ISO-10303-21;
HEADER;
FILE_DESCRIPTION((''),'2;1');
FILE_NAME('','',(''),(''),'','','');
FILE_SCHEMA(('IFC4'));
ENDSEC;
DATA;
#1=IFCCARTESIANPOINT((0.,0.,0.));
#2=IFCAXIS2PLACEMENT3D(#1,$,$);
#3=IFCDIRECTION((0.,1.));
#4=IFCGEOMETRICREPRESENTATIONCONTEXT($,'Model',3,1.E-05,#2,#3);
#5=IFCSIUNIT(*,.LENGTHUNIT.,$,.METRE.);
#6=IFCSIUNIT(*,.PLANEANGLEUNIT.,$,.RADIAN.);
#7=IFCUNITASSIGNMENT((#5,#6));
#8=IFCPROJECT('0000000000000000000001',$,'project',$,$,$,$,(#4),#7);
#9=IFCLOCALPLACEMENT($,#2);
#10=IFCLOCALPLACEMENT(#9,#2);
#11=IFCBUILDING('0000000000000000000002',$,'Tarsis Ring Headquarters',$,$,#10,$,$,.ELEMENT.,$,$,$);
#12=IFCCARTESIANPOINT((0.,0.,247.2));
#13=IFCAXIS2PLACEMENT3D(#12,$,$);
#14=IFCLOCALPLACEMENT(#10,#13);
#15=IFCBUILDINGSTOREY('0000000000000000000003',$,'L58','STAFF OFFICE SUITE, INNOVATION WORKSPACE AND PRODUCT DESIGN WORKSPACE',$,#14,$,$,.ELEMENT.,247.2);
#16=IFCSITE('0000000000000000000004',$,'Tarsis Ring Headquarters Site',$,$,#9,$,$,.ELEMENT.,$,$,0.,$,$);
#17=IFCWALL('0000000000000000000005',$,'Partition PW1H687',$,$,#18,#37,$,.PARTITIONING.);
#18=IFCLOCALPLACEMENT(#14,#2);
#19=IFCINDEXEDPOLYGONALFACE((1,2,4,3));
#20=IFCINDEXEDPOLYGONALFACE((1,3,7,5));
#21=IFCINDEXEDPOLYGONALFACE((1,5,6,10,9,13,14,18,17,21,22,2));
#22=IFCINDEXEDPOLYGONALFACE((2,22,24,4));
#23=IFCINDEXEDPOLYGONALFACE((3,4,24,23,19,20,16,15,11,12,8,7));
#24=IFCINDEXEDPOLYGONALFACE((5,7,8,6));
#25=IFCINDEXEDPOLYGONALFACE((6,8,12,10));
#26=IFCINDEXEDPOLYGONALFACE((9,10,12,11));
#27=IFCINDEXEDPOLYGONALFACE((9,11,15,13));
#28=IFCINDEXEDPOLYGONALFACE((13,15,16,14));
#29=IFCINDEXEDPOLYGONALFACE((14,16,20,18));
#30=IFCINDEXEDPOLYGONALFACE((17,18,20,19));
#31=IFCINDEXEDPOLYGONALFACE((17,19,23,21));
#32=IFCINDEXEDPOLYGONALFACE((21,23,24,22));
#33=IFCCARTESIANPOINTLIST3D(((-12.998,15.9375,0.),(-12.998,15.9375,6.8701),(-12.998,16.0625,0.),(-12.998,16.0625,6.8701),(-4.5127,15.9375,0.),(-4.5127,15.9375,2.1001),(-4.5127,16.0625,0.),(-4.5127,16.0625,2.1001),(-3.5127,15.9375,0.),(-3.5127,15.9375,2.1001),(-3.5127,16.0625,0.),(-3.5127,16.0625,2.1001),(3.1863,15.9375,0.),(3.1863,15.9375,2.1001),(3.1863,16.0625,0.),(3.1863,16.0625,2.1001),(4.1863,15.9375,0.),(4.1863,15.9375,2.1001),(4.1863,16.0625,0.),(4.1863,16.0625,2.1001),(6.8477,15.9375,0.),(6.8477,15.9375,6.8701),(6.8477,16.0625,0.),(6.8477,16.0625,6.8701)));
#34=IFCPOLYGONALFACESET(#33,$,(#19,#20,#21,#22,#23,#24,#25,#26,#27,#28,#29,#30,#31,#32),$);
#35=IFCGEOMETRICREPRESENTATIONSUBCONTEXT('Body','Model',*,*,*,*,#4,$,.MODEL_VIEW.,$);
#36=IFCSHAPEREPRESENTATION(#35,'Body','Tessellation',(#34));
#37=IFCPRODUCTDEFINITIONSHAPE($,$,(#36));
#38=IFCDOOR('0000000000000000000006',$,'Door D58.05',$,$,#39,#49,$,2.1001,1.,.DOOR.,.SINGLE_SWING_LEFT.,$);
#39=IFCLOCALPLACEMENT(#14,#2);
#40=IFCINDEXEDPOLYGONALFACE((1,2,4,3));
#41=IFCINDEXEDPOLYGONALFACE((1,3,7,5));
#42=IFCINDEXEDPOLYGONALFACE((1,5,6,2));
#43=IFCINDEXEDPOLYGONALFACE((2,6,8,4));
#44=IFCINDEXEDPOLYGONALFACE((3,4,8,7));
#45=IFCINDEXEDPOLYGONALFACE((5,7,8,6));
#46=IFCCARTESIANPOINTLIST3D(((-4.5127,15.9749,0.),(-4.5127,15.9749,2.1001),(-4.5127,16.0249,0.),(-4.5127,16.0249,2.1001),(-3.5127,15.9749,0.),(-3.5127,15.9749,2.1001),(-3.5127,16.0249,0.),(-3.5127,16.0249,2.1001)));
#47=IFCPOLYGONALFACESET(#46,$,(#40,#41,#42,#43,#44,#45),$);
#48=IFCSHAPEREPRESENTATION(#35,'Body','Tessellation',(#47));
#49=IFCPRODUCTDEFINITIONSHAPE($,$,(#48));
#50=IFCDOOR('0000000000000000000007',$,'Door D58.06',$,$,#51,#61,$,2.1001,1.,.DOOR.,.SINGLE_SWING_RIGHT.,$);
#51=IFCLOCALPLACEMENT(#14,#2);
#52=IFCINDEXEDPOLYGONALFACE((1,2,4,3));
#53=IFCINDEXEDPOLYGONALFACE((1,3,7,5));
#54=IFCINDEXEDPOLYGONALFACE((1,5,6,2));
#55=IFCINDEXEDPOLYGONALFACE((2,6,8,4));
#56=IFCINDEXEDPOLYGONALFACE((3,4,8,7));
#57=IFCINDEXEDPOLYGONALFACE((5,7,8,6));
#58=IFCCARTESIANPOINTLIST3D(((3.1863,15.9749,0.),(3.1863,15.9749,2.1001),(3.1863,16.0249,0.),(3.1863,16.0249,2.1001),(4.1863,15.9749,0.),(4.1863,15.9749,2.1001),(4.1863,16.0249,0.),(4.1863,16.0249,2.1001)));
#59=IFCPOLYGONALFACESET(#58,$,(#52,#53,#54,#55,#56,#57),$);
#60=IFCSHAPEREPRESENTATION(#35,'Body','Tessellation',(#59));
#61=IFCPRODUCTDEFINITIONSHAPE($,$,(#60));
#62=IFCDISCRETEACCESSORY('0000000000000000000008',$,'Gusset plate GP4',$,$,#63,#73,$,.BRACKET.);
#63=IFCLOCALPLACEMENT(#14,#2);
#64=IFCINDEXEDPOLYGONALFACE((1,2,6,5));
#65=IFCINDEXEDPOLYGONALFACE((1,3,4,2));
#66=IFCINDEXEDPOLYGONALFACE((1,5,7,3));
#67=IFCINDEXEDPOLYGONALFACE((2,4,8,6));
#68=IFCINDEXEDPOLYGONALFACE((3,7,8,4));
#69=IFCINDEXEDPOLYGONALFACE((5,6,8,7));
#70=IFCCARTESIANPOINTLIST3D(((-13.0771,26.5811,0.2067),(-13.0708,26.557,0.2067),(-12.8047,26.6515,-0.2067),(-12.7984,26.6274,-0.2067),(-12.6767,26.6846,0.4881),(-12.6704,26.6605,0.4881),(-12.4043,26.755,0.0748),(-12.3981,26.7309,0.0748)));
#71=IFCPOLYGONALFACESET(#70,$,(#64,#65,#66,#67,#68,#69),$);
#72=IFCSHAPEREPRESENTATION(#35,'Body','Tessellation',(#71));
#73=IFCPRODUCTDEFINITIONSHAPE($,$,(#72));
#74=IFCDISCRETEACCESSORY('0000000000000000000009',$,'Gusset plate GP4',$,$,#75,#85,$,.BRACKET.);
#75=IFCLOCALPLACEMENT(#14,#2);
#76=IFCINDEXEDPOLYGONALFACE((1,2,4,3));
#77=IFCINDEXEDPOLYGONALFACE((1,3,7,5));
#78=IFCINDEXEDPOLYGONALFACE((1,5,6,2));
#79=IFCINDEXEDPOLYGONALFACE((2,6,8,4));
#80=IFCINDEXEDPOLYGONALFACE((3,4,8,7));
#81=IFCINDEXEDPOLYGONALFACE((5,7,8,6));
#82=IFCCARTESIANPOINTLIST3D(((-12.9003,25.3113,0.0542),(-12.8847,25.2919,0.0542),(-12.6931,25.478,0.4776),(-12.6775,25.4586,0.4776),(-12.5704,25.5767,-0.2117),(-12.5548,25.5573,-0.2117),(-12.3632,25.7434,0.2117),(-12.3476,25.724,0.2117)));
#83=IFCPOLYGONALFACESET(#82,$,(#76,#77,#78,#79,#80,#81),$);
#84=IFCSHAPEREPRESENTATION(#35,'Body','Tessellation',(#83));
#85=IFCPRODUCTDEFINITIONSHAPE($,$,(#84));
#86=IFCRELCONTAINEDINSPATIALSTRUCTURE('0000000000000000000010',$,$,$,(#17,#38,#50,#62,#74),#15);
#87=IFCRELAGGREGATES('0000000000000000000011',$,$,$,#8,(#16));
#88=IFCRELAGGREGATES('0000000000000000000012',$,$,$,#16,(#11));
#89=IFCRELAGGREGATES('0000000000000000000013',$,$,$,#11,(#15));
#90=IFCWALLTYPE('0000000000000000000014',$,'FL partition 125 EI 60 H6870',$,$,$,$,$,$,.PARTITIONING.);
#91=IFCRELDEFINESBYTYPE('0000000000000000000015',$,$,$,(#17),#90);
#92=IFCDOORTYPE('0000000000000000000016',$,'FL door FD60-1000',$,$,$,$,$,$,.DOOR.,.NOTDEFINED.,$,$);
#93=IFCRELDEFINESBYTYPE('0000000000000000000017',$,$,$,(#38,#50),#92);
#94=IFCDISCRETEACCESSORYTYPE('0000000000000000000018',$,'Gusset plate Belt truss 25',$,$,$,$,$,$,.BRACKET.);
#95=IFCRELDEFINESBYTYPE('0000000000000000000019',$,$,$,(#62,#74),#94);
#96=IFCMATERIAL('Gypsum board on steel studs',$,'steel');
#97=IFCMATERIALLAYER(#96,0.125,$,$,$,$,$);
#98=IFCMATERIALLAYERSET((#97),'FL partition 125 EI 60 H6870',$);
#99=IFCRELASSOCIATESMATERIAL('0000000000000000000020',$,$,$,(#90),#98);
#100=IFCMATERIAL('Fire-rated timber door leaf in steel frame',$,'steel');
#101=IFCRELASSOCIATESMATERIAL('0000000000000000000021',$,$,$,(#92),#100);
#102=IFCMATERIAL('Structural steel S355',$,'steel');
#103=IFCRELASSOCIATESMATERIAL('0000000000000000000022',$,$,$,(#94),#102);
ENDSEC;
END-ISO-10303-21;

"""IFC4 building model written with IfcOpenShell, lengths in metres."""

from ifc_helpers import new_model, si_unit, direction, frame, frame_2d, origin, origin_2d, place, context, subcontext, project, spatial, rectangle, extrude, material, layer, layer_set, material_profile, profile_set, type_object, element, fill, save


model = new_model("IFC4")

# Units and contexts
model_context = context("Model", 3, precision=1e-05, world=origin(), true_north=direction((0.0, 1.0)))
body_context = subcontext(model_context, "Body", "Model", "MODEL_VIEW")
ifc_project = project(units=[si_unit("LENGTHUNIT", "METRE"), si_unit("PLANEANGLEUNIT", "RADIAN")], contexts=[model_context])

# Site, building, storey
site_placement = place(None, origin())
site = spatial("IfcSite", under=ifc_project, at=site_placement, Name="Tarsis Ring Headquarters Site", CompositionType="ELEMENT", RefElevation=0.0)
building_placement = place(site_placement, origin())
building = spatial("IfcBuilding", under=site, at=building_placement, Name="Tarsis Ring Headquarters", CompositionType="ELEMENT")
storey_placement = place(building_placement, frame((0.0, 0.0, 247.2)))
storey = spatial("IfcBuildingStorey", under=building, at=storey_placement, Name="L58", Description="STAFF OFFICE SUITE, INNOVATION WORKSPACE AND PRODUCT DESIGN WORKSPACE", CompositionType="ELEMENT", Elevation=247.2)

# Shared definitions
ifc_material_1 = material(Name="Structural steel S355", Category="steel")

# Wall, openings, doors
ifc_material_2 = material(Name="Gypsum board on steel studs", Category="steel")
ifc_layer_1 = layer(ifc_material_2, 0.125)
ifc_layer_set_1 = layer_set([ifc_layer_1], Name="FL partition 125 EI 60 H6870")
wall_type = type_object("IfcWallType", Name="FL partition 125 EI 60 H6870", PredefinedType="PARTITIONING", material=ifc_layer_set_1)
wall_placement = place(storey_placement, frame((-12.998, 16.0, 0.0), z_axis=(0.0, 0.0, 1.0), x_axis=(1.0, 0.0, 0.0)))
wall = element("IfcWall", 1, at=wall_placement, inside=storey, type_object=wall_type, Name="Partition PW1H687", PredefinedType="PARTITIONING", context=body_context, shape_type="SweptSolid", body=[
    extrude(rectangle(XDim=19.8457, YDim=0.125, at=frame_2d((9.9229, 0.0))), origin(), (0.0, 0.0, 1.0), 6.8701),
])
opening_1_placement = place(wall_placement, frame((8.4854, 0.0, 0.0)))
opening_1 = element("IfcOpeningElement", 2, at=opening_1_placement, cuts=wall, PredefinedType="OPENING", context=body_context, shape_type="SweptSolid", body=[
    extrude(rectangle(XDim=1.0, YDim=2.1001, at=frame_2d((0.5, 1.05))), frame((0.0, 0.0725, 0.0), z_axis=(0.0, -1.0, 0.0), x_axis=(1.0, 0.0, 0.0)), (0.0, 0.0, 1.0), 0.145),
])
opening_2_placement = place(wall_placement, frame((16.1843, 0.0, 0.0)))
opening_2 = element("IfcOpeningElement", 3, at=opening_2_placement, cuts=wall, PredefinedType="OPENING", context=body_context, shape_type="SweptSolid", body=[
    extrude(rectangle(XDim=1.0, YDim=2.1001, at=frame_2d((0.5, 1.05))), frame((0.0, 0.0725, 0.0), z_axis=(0.0, -1.0, 0.0), x_axis=(1.0, 0.0, 0.0)), (0.0, 0.0, 1.0), 0.145),
])
ifc_material_3 = material(Name="Fire-rated timber door leaf in steel frame", Category="steel")
door_type = type_object("IfcDoorType", Name="FL door FD60-1000", OperationType="NOTDEFINED", PredefinedType="DOOR", material=ifc_material_3)
door_1_placement = place(opening_1_placement, origin())
door_1 = element("IfcDoor", 4, at=door_1_placement, inside=storey, type_object=door_type, Name="Door D58.05", OperationType="SINGLE_SWING_LEFT", OverallHeight=2.1001, OverallWidth=1.0, PredefinedType="DOOR", context=body_context, shape_type="SweptSolid", body=[
    extrude(rectangle(XDim=1.0, YDim=2.1001, at=frame_2d((0.5, 1.05))), frame((0.0, 0.0249, 0.0), z_axis=(0.0, -1.0, 0.0), x_axis=(1.0, 0.0, 0.0)), (0.0, 0.0, 1.0), 0.05),
])
fill(opening_1, door_1)
door_2_placement = place(opening_2_placement, origin())
door_2 = element("IfcDoor", 5, at=door_2_placement, inside=storey, type_object=door_type, Name="Door D58.06", OperationType="SINGLE_SWING_RIGHT", OverallHeight=2.1001, OverallWidth=1.0, PredefinedType="DOOR", context=body_context, shape_type="SweptSolid", body=[
    extrude(rectangle(XDim=1.0, YDim=2.1001, at=frame_2d((0.5, 1.05))), frame((0.0, 0.0249, 0.0), z_axis=(0.0, -1.0, 0.0), x_axis=(1.0, 0.0, 0.0)), (0.0, 0.0, 1.0), 0.05),
])
fill(opening_2, door_2)

# Discrete accessories
ifc_material_profile_1 = material_profile(ifc_material_1, rectangle(XDim=0.0249, YDim=0.5, at=origin_2d()), Name="PL 25x500")
ifc_profile_set_1 = profile_set([ifc_material_profile_1], Name="Structural steel S355")
discrete_accessory_type = type_object("IfcDiscreteAccessoryType", Name="Gusset plate Belt truss 25", PredefinedType="BRACKET", material=ifc_profile_set_1)
discrete_accessory_1_placement = place(storey_placement, frame((-12.9377, 26.6042, 0.0), z_axis=(0.800354, 0.206921, 0.562688), x_axis=(-0.250306, 0.968167, 0.0)))
element("IfcDiscreteAccessory", 6, at=discrete_accessory_1_placement, inside=storey, type_object=discrete_accessory_type, Name="Gusset plate GP4", PredefinedType="BRACKET", context=body_context, shape_type="SweptSolid", body=[
    extrude(rectangle(XDim=0.0249, YDim=0.5, at=origin_2d()), origin(), (0.0, 0.0, 1.0), 0.5002),
])
discrete_accessory_2_placement = place(storey_placement, frame((-12.459, 25.6504, 0.0), z_axis=(-0.659795, -0.530864, 0.531841), x_axis=(0.626873, -0.779122, 0.0)))
element("IfcDiscreteAccessory", 7, at=discrete_accessory_2_placement, inside=storey, type_object=discrete_accessory_type, Name="Gusset plate GP4", PredefinedType="BRACKET", context=body_context, shape_type="SweptSolid", body=[
    extrude(rectangle(XDim=0.0249, YDim=0.5, at=origin_2d()), origin(), (0.0, 0.0, 1.0), 0.5),
])

save(model, "model.ifc")
